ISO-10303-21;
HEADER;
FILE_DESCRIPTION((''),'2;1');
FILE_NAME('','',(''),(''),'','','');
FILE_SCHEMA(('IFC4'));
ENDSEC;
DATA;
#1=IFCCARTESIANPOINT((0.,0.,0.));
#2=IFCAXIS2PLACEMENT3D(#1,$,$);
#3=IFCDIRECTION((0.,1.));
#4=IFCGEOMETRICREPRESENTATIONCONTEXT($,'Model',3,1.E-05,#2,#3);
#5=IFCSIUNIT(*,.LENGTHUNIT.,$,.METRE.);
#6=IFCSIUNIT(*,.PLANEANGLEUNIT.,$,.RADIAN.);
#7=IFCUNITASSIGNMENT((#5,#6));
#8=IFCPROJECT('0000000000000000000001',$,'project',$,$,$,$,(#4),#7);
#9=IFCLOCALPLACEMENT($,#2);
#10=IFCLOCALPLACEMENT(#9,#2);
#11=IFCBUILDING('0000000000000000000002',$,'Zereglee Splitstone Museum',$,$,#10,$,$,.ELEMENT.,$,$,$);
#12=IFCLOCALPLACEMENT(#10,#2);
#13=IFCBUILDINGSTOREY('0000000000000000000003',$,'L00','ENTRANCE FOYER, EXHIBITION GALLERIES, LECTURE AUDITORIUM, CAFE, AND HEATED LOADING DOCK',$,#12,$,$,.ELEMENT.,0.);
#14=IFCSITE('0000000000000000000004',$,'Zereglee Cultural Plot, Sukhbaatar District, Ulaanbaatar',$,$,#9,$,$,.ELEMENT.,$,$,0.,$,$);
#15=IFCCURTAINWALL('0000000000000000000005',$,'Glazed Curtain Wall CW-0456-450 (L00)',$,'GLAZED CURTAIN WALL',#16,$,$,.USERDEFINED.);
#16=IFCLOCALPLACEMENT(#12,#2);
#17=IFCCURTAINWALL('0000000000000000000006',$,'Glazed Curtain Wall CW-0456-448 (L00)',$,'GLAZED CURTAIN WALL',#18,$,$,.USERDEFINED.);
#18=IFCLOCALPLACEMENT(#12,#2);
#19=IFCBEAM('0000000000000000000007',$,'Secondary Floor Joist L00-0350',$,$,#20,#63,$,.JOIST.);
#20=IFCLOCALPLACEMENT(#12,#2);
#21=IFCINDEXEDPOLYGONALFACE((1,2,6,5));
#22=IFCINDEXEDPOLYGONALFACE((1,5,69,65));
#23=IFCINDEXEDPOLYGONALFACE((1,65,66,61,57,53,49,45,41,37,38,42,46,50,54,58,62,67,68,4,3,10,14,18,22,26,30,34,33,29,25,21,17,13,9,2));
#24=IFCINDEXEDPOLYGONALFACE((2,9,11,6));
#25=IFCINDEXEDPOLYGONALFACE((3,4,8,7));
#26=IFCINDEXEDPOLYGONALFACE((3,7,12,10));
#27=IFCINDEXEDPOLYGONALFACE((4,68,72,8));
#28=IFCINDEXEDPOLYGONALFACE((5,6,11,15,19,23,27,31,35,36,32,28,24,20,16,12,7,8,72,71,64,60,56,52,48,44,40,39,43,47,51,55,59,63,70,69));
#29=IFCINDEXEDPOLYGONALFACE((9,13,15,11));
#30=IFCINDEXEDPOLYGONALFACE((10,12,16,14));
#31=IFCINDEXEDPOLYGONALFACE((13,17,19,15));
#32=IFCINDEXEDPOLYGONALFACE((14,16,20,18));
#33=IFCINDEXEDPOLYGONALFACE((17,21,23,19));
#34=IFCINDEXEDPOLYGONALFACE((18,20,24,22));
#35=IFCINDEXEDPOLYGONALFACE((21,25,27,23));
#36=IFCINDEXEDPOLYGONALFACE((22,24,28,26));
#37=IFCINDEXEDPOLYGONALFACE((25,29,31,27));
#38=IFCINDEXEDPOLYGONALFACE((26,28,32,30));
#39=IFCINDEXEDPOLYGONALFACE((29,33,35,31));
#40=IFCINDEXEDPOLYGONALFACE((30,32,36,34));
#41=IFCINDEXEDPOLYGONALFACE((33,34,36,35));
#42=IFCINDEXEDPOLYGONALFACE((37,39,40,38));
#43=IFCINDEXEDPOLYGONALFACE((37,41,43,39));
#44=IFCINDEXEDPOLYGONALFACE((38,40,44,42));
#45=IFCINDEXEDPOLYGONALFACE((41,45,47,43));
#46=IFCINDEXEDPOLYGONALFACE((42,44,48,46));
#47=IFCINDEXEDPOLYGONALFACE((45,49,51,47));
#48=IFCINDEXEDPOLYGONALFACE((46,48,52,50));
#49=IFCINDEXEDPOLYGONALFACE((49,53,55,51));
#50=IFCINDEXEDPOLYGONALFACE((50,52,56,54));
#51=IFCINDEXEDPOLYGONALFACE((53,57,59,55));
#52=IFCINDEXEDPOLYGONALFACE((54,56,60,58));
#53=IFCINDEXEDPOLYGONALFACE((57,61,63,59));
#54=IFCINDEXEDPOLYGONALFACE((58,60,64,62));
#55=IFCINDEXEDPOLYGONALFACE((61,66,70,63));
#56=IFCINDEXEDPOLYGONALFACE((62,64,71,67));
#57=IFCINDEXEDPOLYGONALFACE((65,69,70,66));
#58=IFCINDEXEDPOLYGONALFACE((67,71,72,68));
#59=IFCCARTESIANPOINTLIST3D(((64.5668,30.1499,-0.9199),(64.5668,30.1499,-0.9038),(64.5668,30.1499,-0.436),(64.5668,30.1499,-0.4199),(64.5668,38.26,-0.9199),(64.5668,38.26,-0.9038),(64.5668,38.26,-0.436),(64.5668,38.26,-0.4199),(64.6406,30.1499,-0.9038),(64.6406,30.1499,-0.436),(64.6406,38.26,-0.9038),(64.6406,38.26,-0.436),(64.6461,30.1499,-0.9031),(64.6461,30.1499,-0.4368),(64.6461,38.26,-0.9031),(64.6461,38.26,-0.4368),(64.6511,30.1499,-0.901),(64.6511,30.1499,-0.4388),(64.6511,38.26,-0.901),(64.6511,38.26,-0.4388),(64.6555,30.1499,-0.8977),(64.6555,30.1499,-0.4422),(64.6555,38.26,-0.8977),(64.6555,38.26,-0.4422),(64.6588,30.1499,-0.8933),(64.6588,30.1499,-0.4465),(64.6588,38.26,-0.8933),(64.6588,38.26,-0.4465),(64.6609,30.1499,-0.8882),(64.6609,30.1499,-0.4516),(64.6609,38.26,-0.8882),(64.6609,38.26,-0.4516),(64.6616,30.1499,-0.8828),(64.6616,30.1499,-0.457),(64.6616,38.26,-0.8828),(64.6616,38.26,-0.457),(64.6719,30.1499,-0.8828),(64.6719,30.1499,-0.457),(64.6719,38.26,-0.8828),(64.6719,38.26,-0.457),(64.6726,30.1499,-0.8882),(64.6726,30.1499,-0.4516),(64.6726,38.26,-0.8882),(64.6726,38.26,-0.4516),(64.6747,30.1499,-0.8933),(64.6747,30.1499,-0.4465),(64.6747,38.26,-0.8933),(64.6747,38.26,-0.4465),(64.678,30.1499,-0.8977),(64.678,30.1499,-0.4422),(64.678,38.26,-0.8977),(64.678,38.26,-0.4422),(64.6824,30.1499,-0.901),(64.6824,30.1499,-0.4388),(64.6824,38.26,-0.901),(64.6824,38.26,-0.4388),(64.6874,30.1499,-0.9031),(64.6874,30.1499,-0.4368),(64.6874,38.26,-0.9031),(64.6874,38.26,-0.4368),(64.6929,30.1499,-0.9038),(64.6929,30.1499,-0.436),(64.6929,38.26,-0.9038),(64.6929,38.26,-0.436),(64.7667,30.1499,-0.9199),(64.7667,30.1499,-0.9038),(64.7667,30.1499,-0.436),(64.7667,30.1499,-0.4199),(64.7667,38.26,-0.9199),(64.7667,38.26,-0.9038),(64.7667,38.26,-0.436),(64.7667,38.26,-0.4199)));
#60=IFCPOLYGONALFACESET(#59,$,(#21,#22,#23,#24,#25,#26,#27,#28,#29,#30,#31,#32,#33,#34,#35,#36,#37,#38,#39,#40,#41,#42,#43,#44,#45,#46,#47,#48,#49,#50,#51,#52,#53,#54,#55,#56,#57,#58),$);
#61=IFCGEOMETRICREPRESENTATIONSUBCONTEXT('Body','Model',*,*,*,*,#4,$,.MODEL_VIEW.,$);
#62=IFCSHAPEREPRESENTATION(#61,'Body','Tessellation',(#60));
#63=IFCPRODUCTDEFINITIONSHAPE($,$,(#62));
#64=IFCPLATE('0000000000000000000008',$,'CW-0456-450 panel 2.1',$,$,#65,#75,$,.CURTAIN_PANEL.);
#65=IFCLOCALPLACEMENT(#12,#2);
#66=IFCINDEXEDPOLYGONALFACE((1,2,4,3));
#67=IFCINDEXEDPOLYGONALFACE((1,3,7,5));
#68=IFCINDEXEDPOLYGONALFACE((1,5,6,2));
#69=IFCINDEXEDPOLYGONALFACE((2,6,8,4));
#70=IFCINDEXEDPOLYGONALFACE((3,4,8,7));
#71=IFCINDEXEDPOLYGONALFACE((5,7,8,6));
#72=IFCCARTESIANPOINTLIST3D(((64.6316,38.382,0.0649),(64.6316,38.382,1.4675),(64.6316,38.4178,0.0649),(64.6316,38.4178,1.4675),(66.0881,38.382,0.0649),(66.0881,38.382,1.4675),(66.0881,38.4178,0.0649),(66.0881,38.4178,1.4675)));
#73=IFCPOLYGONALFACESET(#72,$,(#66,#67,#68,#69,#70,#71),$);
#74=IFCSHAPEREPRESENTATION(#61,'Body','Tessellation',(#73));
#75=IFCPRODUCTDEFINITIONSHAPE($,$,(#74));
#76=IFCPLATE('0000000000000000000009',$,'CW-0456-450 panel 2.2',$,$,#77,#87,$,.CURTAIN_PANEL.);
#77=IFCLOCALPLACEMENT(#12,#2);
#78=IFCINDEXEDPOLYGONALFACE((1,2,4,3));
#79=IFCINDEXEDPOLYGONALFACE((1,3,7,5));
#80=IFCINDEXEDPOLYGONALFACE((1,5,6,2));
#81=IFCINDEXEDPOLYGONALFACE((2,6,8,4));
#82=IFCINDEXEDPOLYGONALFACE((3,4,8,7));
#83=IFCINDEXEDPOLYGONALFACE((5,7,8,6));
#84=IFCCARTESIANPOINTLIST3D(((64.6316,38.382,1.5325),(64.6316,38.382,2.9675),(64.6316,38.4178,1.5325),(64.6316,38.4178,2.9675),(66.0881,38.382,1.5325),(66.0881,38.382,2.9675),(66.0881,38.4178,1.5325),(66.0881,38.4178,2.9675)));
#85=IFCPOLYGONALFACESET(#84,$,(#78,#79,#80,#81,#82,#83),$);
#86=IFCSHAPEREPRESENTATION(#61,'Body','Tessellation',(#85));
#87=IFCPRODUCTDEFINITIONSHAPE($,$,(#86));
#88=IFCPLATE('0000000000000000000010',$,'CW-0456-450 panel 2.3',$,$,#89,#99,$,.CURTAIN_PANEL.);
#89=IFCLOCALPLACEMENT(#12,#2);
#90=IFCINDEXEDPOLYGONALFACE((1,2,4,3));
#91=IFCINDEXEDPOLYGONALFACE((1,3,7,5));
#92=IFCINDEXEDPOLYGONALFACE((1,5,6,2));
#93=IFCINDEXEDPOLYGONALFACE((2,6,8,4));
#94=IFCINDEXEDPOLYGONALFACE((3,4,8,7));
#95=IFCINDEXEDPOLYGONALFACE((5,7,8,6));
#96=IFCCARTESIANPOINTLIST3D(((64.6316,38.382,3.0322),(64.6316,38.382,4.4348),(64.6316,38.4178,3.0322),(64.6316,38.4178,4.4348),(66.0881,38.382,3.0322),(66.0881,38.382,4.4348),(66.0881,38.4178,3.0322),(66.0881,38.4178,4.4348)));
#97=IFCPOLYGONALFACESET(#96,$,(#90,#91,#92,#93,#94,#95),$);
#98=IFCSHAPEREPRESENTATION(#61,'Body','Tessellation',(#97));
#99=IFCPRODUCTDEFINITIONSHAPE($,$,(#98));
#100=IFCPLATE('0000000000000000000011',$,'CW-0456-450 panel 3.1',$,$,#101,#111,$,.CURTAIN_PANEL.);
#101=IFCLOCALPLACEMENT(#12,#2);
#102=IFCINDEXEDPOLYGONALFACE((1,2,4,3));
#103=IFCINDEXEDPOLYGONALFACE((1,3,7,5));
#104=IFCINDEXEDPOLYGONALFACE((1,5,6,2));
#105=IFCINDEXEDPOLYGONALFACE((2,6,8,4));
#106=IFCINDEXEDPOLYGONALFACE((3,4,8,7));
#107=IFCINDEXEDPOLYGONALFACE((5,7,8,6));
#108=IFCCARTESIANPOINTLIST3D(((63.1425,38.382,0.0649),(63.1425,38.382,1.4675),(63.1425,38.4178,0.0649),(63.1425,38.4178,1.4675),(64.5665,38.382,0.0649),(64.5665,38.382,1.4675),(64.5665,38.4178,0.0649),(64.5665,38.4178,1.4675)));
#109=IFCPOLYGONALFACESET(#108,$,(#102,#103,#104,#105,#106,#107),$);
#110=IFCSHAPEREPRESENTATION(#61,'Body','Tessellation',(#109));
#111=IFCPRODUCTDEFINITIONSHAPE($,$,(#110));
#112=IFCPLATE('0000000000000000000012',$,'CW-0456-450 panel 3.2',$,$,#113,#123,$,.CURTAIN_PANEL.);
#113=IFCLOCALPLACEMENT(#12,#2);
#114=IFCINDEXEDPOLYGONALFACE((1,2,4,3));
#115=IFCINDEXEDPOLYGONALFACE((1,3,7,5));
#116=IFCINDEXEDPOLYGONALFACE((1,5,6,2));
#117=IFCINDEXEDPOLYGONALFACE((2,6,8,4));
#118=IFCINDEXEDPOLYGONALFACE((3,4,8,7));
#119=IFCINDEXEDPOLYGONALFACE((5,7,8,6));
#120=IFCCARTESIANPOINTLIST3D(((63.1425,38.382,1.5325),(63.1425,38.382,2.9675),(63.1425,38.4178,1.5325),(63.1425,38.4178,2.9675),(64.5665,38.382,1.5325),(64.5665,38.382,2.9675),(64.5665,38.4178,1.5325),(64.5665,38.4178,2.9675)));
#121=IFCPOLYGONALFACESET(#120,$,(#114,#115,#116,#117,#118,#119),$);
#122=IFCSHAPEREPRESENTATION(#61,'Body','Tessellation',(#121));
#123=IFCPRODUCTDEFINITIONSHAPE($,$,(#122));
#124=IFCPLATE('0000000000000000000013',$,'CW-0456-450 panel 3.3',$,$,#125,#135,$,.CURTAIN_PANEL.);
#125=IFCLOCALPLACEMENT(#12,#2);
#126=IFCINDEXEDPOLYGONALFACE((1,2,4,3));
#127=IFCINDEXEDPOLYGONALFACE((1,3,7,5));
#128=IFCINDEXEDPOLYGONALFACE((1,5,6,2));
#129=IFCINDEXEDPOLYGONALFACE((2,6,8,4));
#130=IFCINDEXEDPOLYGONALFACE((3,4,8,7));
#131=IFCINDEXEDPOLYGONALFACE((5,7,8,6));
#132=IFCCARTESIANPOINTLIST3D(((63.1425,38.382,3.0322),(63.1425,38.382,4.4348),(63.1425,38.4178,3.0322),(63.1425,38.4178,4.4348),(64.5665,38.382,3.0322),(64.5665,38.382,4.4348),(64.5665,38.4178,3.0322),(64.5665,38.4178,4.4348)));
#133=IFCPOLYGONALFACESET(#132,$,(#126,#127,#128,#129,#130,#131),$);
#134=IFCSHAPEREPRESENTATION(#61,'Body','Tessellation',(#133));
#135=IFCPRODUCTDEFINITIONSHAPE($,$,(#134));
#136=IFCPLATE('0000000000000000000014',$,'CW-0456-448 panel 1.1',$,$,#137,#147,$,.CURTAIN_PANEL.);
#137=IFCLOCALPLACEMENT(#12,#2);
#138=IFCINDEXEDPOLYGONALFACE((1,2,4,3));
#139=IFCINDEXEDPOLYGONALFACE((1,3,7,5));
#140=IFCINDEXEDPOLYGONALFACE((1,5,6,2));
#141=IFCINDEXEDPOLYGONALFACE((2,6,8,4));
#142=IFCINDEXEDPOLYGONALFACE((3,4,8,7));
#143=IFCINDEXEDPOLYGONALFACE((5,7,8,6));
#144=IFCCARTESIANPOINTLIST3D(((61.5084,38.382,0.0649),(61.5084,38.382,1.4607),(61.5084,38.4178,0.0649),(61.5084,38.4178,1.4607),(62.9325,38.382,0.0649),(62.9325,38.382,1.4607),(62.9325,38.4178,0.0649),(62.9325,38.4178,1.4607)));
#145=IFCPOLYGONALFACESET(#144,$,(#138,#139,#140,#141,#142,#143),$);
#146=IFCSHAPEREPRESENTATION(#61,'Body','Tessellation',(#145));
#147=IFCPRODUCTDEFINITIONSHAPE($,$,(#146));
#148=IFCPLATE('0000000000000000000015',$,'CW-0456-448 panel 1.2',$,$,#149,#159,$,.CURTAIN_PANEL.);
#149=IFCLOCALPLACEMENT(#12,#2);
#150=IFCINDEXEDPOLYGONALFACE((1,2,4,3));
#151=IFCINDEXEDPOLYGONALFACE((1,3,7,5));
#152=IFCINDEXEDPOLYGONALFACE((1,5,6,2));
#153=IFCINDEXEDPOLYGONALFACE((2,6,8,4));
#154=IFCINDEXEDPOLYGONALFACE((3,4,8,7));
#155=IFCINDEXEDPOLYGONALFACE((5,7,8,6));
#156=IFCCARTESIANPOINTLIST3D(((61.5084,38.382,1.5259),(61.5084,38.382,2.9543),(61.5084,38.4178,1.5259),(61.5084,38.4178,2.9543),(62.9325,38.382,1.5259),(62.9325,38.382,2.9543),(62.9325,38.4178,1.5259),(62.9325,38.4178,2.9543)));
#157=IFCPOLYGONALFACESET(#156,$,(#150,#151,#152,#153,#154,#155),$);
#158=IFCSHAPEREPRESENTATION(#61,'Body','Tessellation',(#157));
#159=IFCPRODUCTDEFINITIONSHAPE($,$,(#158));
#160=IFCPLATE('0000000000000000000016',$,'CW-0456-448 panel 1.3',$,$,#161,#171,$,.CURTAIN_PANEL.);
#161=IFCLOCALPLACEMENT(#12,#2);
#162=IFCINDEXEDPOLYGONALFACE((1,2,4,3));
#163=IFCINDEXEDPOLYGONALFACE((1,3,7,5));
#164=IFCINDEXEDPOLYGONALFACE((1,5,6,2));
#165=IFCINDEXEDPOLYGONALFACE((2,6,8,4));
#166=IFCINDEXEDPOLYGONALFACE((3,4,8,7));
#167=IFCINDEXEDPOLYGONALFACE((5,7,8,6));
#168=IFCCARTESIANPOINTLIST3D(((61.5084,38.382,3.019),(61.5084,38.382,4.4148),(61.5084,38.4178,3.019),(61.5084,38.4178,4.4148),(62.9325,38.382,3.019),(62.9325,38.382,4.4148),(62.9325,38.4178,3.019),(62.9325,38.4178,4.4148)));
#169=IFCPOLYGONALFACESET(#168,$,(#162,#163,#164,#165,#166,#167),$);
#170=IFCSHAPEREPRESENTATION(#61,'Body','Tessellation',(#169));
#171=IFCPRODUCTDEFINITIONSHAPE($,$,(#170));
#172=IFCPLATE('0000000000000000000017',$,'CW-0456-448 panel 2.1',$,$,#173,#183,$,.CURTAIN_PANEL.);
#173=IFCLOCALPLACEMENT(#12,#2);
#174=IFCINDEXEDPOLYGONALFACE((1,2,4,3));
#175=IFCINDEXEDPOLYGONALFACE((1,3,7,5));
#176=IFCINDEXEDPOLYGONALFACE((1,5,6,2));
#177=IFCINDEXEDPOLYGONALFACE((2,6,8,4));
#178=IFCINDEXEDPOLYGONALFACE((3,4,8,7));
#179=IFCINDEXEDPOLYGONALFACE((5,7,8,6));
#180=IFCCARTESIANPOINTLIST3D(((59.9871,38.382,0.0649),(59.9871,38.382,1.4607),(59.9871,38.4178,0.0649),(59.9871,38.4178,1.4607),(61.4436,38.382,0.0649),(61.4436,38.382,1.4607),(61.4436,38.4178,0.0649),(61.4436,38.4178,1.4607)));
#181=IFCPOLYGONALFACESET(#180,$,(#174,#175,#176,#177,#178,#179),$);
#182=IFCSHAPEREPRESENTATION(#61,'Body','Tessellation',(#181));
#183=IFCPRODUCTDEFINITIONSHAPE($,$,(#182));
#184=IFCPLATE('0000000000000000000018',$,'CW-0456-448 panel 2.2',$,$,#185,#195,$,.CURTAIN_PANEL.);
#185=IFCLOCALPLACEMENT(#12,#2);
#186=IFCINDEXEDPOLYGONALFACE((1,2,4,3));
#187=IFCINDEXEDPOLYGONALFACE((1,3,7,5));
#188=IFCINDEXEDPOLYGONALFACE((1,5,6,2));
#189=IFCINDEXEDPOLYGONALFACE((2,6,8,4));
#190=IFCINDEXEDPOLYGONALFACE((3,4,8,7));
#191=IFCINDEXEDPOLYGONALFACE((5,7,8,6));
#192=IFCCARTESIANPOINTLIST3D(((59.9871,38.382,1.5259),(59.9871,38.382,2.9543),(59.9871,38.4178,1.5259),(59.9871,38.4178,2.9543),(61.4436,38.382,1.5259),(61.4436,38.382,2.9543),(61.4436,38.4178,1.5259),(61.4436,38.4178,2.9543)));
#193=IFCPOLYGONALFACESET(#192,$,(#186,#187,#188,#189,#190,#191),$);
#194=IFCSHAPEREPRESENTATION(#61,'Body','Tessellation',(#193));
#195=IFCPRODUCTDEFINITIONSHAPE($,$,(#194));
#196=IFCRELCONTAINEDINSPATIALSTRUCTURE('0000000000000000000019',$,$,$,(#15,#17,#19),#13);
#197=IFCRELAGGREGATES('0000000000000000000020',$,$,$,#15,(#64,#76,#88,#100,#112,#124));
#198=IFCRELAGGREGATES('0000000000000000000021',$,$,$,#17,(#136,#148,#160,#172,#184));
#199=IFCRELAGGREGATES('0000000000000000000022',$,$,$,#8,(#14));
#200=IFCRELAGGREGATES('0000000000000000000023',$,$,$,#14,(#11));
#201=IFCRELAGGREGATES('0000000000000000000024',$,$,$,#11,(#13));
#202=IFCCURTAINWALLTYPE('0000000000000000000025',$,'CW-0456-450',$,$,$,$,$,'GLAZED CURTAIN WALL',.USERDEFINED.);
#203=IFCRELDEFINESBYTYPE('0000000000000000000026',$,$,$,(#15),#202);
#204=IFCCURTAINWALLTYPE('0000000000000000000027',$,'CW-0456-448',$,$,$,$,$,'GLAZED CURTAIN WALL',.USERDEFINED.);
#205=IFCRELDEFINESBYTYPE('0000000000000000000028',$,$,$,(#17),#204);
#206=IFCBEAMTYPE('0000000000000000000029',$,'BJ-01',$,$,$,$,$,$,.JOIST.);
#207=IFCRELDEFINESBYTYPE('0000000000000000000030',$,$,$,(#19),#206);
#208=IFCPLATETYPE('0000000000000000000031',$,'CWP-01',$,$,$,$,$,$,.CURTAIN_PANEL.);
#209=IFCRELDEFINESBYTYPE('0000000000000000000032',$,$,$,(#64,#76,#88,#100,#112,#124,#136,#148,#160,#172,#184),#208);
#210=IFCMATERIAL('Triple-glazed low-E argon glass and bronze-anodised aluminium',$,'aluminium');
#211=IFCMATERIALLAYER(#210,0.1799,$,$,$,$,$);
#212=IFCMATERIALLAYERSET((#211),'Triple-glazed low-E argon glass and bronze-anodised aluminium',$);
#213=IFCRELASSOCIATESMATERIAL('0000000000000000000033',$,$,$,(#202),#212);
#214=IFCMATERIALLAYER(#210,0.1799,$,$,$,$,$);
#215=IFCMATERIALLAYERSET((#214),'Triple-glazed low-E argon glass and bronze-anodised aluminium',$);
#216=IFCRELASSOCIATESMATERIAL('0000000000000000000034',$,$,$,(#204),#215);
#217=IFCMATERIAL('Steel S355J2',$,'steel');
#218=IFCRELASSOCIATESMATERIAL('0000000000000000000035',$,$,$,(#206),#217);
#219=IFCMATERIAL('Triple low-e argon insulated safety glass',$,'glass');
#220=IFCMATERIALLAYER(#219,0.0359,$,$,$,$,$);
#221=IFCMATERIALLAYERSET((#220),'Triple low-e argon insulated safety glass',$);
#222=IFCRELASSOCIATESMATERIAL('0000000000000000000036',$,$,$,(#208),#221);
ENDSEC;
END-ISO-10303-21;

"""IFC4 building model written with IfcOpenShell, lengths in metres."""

from ifc_helpers import new_model, si_unit, direction, frame, origin, origin_2d, place, context, subcontext, project, spatial, rectangle, i_section, extrude, material, layer, layer_set, material_profile, profile_set, type_object, element, aggregate, save


model = new_model("IFC4")

# Units and contexts
model_context = context("Model", 3, precision=1e-05, world=origin(), true_north=direction((0.0, 1.0)))
body_context = subcontext(model_context, "Body", "Model", "MODEL_VIEW")
ifc_project = project(units=[si_unit("LENGTHUNIT", "METRE"), si_unit("PLANEANGLEUNIT", "RADIAN")], contexts=[model_context])

# Site, building, storey
site_placement = place(None, origin())
site = spatial("IfcSite", under=ifc_project, at=site_placement, Name="Zereglee Cultural Plot, Sukhbaatar District, Ulaanbaatar", CompositionType="ELEMENT", RefElevation=0.0)
building_placement = place(site_placement, origin())
building = spatial("IfcBuilding", under=site, at=building_placement, Name="Zereglee Splitstone Museum", CompositionType="ELEMENT")
storey_placement = place(building_placement, origin())
storey = spatial("IfcBuildingStorey", under=building, at=storey_placement, Name="L00", Description="ENTRANCE FOYER, EXHIBITION GALLERIES, LECTURE AUDITORIUM, CAFE, AND HEATED LOADING DOCK", CompositionType="ELEMENT", Elevation=0.0)

# Curtain walls
ifc_material_1 = material(Name="Triple-glazed low-E argon glass and bronze-anodised aluminium", Category="aluminium")
ifc_layer_1 = layer(ifc_material_1, 0.1799)
ifc_layer_set_1 = layer_set([ifc_layer_1], Name="Triple-glazed low-E argon glass and bronze-anodised aluminium")
curtain_wall_type_1 = type_object("IfcCurtainWallType", Name="CW-0456-450", ElementType="GLAZED CURTAIN WALL", PredefinedType="USERDEFINED", material=ifc_layer_set_1)
curtain_wall_1_placement = place(storey_placement, origin())
curtain_wall_1 = element("IfcCurtainWall", 1, at=curtain_wall_1_placement, inside=storey, type_object=curtain_wall_type_1, Name="Glazed Curtain Wall CW-0456-450 (L00)", ObjectType="GLAZED CURTAIN WALL", PredefinedType="USERDEFINED")
ifc_layer_2 = layer(ifc_material_1, 0.1799)
ifc_layer_set_2 = layer_set([ifc_layer_2], Name="Triple-glazed low-E argon glass and bronze-anodised aluminium")
curtain_wall_type_2 = type_object("IfcCurtainWallType", Name="CW-0456-448", ElementType="GLAZED CURTAIN WALL", PredefinedType="USERDEFINED", material=ifc_layer_set_2)
curtain_wall_2_placement = place(storey_placement, origin())
curtain_wall_2 = element("IfcCurtainWall", 2, at=curtain_wall_2_placement, inside=storey, type_object=curtain_wall_type_2, Name="Glazed Curtain Wall CW-0456-448 (L00)", ObjectType="GLAZED CURTAIN WALL", PredefinedType="USERDEFINED")

# Beam
ifc_material_2 = material(Name="Steel S355J2", Category="steel")
ifc_material_profile_1 = material_profile(ifc_material_2, i_section(OverallWidth=0.2, OverallDepth=0.5, WebThickness=0.0103, FlangeThickness=0.0161, FilletRadius=0.021, at=origin_2d()), Name="IPE 500")
ifc_profile_set_1 = profile_set([ifc_material_profile_1], Name="Steel S355J2")
beam_type_1 = type_object("IfcBeamType", Name="BJ-01", PredefinedType="JOIST", material=ifc_profile_set_1)
beam_1_placement = place(storey_placement, frame((64.6667, 30.1499, -0.6699), z_axis=(0.0, 1.0, 0.0), x_axis=(-1.0, 0.0, 0.0)))
element("IfcBeam", 3, at=beam_1_placement, inside=storey, type_object=beam_type_1, Name="Secondary Floor Joist L00-0350", PredefinedType="JOIST", context=body_context, shape_type="SweptSolid", body=[
    extrude(i_section(OverallWidth=0.2, OverallDepth=0.5, WebThickness=0.0103, FlangeThickness=0.0161, FilletRadius=0.021, at=origin_2d()), origin(), (0.0, 0.0, 1.0), 8.1101),
])

# Plates
ifc_material_3 = material(Name="Triple low-e argon insulated safety glass", Category="glass")
ifc_layer_3 = layer(ifc_material_3, 0.0359)
ifc_layer_set_3 = layer_set([ifc_layer_3], Name="Triple low-e argon insulated safety glass")
plate_type = type_object("IfcPlateType", Name="CWP-01", PredefinedType="CURTAIN_PANEL", material=ifc_layer_set_3)
plate_1_placement = place(storey_placement, frame((65.3599, 38.3999, 0.0649), z_axis=(0.0, 0.0, 1.0), x_axis=(-1.0, 0.0, 0.0)))
plate_1 = element("IfcPlate", 4, at=plate_1_placement, type_object=plate_type, Name="CW-0456-450 panel 2.1", PredefinedType="CURTAIN_PANEL", context=body_context, shape_type="SweptSolid", body=[
    extrude(rectangle(XDim=1.4565, YDim=0.0359, at=origin_2d()), origin(), (0.0, 0.0, 1.0), 1.4026),
])
plate_2_placement = place(storey_placement, frame((65.3599, 38.3999, 1.5325), z_axis=(0.0, 0.0, 1.0), x_axis=(-1.0, 0.0, 0.0)))
plate_2 = element("IfcPlate", 5, at=plate_2_placement, type_object=plate_type, Name="CW-0456-450 panel 2.2", PredefinedType="CURTAIN_PANEL", context=body_context, shape_type="SweptSolid", body=[
    extrude(rectangle(XDim=1.4565, YDim=0.0359, at=origin_2d()), origin(), (0.0, 0.0, 1.0), 1.4351),
])
plate_3_placement = place(storey_placement, frame((65.3599, 38.3999, 3.0322), z_axis=(0.0, 0.0, 1.0), x_axis=(-1.0, 0.0, 0.0)))
plate_3 = element("IfcPlate", 6, at=plate_3_placement, type_object=plate_type, Name="CW-0456-450 panel 2.3", PredefinedType="CURTAIN_PANEL", context=body_context, shape_type="SweptSolid", body=[
    extrude(rectangle(XDim=1.4565, YDim=0.0359, at=origin_2d()), origin(), (0.0, 0.0, 1.0), 1.4026),
])
plate_4_placement = place(storey_placement, frame((63.8545, 38.3999, 0.0649), z_axis=(0.0, 0.0, 1.0), x_axis=(-1.0, 0.0, 0.0)))
plate_4 = element("IfcPlate", 7, at=plate_4_placement, type_object=plate_type, Name="CW-0456-450 panel 3.1", PredefinedType="CURTAIN_PANEL", context=body_context, shape_type="SweptSolid", body=[
    extrude(rectangle(XDim=1.4241, YDim=0.0359, at=origin_2d()), origin(), (0.0, 0.0, 1.0), 1.4026),
])
plate_5_placement = place(storey_placement, frame((63.8545, 38.3999, 1.5325), z_axis=(0.0, 0.0, 1.0), x_axis=(-1.0, 0.0, 0.0)))
plate_5 = element("IfcPlate", 8, at=plate_5_placement, type_object=plate_type, Name="CW-0456-450 panel 3.2", PredefinedType="CURTAIN_PANEL", context=body_context, shape_type="SweptSolid", body=[
    extrude(rectangle(XDim=1.4241, YDim=0.0359, at=origin_2d()), origin(), (0.0, 0.0, 1.0), 1.4351),
])
plate_6_placement = place(storey_placement, frame((63.8545, 38.3999, 3.0322), z_axis=(0.0, 0.0, 1.0), x_axis=(-1.0, 0.0, 0.0)))
plate_6 = element("IfcPlate", 9, at=plate_6_placement, type_object=plate_type, Name="CW-0456-450 panel 3.3", PredefinedType="CURTAIN_PANEL", context=body_context, shape_type="SweptSolid", body=[
    extrude(rectangle(XDim=1.4241, YDim=0.0359, at=origin_2d()), origin(), (0.0, 0.0, 1.0), 1.4026),
])
aggregate(curtain_wall_1, [plate_1, plate_2, plate_3, plate_4, plate_5, plate_6])
plate_7_placement = place(storey_placement, frame((62.2205, 38.3999, 0.0649), z_axis=(0.0, 0.0, 1.0), x_axis=(-1.0, 0.0, 0.0)))
plate_7 = element("IfcPlate", 10, at=plate_7_placement, type_object=plate_type, Name="CW-0456-448 panel 1.1", PredefinedType="CURTAIN_PANEL", context=body_context, shape_type="SweptSolid", body=[
    extrude(rectangle(XDim=1.4241, YDim=0.0359, at=origin_2d()), origin(), (0.0, 0.0, 1.0), 1.3958),
])
plate_8_placement = place(storey_placement, frame((62.2205, 38.3999, 1.5259), z_axis=(0.0, 0.0, 1.0), x_axis=(-1.0, 0.0, 0.0)))
plate_8 = element("IfcPlate", 11, at=plate_8_placement, type_object=plate_type, Name="CW-0456-448 panel 1.2", PredefinedType="CURTAIN_PANEL", context=body_context, shape_type="SweptSolid", body=[
    extrude(rectangle(XDim=1.4241, YDim=0.0359, at=origin_2d()), origin(), (0.0, 0.0, 1.0), 1.4285),
])
plate_9_placement = place(storey_placement, frame((62.2205, 38.3999, 3.019), z_axis=(0.0, 0.0, 1.0), x_axis=(-1.0, 0.0, 0.0)))
plate_9 = element("IfcPlate", 12, at=plate_9_placement, type_object=plate_type, Name="CW-0456-448 panel 1.3", PredefinedType="CURTAIN_PANEL", context=body_context, shape_type="SweptSolid", body=[
    extrude(rectangle(XDim=1.4241, YDim=0.0359, at=origin_2d()), origin(), (0.0, 0.0, 1.0), 1.3958),
])
plate_10_placement = place(storey_placement, frame((60.7153, 38.3999, 0.0649), z_axis=(0.0, 0.0, 1.0), x_axis=(-1.0, 0.0, 0.0)))
plate_10 = element("IfcPlate", 13, at=plate_10_placement, type_object=plate_type, Name="CW-0456-448 panel 2.1", PredefinedType="CURTAIN_PANEL", context=body_context, shape_type="SweptSolid", body=[
    extrude(rectangle(XDim=1.4565, YDim=0.0359, at=origin_2d()), origin(), (0.0, 0.0, 1.0), 1.3958),
])
plate_11_placement = place(storey_placement, frame((60.7153, 38.3999, 1.5259), z_axis=(0.0, 0.0, 1.0), x_axis=(-1.0, 0.0, 0.0)))
plate_11 = element("IfcPlate", 14, at=plate_11_placement, type_object=plate_type, Name="CW-0456-448 panel 2.2", PredefinedType="CURTAIN_PANEL", context=body_context, shape_type="SweptSolid", body=[
    extrude(rectangle(XDim=1.4565, YDim=0.0359, at=origin_2d()), origin(), (0.0, 0.0, 1.0), 1.4285),
])
aggregate(curtain_wall_2, [plate_7, plate_8, plate_9, plate_10, plate_11])

save(model, "model.ifc")
